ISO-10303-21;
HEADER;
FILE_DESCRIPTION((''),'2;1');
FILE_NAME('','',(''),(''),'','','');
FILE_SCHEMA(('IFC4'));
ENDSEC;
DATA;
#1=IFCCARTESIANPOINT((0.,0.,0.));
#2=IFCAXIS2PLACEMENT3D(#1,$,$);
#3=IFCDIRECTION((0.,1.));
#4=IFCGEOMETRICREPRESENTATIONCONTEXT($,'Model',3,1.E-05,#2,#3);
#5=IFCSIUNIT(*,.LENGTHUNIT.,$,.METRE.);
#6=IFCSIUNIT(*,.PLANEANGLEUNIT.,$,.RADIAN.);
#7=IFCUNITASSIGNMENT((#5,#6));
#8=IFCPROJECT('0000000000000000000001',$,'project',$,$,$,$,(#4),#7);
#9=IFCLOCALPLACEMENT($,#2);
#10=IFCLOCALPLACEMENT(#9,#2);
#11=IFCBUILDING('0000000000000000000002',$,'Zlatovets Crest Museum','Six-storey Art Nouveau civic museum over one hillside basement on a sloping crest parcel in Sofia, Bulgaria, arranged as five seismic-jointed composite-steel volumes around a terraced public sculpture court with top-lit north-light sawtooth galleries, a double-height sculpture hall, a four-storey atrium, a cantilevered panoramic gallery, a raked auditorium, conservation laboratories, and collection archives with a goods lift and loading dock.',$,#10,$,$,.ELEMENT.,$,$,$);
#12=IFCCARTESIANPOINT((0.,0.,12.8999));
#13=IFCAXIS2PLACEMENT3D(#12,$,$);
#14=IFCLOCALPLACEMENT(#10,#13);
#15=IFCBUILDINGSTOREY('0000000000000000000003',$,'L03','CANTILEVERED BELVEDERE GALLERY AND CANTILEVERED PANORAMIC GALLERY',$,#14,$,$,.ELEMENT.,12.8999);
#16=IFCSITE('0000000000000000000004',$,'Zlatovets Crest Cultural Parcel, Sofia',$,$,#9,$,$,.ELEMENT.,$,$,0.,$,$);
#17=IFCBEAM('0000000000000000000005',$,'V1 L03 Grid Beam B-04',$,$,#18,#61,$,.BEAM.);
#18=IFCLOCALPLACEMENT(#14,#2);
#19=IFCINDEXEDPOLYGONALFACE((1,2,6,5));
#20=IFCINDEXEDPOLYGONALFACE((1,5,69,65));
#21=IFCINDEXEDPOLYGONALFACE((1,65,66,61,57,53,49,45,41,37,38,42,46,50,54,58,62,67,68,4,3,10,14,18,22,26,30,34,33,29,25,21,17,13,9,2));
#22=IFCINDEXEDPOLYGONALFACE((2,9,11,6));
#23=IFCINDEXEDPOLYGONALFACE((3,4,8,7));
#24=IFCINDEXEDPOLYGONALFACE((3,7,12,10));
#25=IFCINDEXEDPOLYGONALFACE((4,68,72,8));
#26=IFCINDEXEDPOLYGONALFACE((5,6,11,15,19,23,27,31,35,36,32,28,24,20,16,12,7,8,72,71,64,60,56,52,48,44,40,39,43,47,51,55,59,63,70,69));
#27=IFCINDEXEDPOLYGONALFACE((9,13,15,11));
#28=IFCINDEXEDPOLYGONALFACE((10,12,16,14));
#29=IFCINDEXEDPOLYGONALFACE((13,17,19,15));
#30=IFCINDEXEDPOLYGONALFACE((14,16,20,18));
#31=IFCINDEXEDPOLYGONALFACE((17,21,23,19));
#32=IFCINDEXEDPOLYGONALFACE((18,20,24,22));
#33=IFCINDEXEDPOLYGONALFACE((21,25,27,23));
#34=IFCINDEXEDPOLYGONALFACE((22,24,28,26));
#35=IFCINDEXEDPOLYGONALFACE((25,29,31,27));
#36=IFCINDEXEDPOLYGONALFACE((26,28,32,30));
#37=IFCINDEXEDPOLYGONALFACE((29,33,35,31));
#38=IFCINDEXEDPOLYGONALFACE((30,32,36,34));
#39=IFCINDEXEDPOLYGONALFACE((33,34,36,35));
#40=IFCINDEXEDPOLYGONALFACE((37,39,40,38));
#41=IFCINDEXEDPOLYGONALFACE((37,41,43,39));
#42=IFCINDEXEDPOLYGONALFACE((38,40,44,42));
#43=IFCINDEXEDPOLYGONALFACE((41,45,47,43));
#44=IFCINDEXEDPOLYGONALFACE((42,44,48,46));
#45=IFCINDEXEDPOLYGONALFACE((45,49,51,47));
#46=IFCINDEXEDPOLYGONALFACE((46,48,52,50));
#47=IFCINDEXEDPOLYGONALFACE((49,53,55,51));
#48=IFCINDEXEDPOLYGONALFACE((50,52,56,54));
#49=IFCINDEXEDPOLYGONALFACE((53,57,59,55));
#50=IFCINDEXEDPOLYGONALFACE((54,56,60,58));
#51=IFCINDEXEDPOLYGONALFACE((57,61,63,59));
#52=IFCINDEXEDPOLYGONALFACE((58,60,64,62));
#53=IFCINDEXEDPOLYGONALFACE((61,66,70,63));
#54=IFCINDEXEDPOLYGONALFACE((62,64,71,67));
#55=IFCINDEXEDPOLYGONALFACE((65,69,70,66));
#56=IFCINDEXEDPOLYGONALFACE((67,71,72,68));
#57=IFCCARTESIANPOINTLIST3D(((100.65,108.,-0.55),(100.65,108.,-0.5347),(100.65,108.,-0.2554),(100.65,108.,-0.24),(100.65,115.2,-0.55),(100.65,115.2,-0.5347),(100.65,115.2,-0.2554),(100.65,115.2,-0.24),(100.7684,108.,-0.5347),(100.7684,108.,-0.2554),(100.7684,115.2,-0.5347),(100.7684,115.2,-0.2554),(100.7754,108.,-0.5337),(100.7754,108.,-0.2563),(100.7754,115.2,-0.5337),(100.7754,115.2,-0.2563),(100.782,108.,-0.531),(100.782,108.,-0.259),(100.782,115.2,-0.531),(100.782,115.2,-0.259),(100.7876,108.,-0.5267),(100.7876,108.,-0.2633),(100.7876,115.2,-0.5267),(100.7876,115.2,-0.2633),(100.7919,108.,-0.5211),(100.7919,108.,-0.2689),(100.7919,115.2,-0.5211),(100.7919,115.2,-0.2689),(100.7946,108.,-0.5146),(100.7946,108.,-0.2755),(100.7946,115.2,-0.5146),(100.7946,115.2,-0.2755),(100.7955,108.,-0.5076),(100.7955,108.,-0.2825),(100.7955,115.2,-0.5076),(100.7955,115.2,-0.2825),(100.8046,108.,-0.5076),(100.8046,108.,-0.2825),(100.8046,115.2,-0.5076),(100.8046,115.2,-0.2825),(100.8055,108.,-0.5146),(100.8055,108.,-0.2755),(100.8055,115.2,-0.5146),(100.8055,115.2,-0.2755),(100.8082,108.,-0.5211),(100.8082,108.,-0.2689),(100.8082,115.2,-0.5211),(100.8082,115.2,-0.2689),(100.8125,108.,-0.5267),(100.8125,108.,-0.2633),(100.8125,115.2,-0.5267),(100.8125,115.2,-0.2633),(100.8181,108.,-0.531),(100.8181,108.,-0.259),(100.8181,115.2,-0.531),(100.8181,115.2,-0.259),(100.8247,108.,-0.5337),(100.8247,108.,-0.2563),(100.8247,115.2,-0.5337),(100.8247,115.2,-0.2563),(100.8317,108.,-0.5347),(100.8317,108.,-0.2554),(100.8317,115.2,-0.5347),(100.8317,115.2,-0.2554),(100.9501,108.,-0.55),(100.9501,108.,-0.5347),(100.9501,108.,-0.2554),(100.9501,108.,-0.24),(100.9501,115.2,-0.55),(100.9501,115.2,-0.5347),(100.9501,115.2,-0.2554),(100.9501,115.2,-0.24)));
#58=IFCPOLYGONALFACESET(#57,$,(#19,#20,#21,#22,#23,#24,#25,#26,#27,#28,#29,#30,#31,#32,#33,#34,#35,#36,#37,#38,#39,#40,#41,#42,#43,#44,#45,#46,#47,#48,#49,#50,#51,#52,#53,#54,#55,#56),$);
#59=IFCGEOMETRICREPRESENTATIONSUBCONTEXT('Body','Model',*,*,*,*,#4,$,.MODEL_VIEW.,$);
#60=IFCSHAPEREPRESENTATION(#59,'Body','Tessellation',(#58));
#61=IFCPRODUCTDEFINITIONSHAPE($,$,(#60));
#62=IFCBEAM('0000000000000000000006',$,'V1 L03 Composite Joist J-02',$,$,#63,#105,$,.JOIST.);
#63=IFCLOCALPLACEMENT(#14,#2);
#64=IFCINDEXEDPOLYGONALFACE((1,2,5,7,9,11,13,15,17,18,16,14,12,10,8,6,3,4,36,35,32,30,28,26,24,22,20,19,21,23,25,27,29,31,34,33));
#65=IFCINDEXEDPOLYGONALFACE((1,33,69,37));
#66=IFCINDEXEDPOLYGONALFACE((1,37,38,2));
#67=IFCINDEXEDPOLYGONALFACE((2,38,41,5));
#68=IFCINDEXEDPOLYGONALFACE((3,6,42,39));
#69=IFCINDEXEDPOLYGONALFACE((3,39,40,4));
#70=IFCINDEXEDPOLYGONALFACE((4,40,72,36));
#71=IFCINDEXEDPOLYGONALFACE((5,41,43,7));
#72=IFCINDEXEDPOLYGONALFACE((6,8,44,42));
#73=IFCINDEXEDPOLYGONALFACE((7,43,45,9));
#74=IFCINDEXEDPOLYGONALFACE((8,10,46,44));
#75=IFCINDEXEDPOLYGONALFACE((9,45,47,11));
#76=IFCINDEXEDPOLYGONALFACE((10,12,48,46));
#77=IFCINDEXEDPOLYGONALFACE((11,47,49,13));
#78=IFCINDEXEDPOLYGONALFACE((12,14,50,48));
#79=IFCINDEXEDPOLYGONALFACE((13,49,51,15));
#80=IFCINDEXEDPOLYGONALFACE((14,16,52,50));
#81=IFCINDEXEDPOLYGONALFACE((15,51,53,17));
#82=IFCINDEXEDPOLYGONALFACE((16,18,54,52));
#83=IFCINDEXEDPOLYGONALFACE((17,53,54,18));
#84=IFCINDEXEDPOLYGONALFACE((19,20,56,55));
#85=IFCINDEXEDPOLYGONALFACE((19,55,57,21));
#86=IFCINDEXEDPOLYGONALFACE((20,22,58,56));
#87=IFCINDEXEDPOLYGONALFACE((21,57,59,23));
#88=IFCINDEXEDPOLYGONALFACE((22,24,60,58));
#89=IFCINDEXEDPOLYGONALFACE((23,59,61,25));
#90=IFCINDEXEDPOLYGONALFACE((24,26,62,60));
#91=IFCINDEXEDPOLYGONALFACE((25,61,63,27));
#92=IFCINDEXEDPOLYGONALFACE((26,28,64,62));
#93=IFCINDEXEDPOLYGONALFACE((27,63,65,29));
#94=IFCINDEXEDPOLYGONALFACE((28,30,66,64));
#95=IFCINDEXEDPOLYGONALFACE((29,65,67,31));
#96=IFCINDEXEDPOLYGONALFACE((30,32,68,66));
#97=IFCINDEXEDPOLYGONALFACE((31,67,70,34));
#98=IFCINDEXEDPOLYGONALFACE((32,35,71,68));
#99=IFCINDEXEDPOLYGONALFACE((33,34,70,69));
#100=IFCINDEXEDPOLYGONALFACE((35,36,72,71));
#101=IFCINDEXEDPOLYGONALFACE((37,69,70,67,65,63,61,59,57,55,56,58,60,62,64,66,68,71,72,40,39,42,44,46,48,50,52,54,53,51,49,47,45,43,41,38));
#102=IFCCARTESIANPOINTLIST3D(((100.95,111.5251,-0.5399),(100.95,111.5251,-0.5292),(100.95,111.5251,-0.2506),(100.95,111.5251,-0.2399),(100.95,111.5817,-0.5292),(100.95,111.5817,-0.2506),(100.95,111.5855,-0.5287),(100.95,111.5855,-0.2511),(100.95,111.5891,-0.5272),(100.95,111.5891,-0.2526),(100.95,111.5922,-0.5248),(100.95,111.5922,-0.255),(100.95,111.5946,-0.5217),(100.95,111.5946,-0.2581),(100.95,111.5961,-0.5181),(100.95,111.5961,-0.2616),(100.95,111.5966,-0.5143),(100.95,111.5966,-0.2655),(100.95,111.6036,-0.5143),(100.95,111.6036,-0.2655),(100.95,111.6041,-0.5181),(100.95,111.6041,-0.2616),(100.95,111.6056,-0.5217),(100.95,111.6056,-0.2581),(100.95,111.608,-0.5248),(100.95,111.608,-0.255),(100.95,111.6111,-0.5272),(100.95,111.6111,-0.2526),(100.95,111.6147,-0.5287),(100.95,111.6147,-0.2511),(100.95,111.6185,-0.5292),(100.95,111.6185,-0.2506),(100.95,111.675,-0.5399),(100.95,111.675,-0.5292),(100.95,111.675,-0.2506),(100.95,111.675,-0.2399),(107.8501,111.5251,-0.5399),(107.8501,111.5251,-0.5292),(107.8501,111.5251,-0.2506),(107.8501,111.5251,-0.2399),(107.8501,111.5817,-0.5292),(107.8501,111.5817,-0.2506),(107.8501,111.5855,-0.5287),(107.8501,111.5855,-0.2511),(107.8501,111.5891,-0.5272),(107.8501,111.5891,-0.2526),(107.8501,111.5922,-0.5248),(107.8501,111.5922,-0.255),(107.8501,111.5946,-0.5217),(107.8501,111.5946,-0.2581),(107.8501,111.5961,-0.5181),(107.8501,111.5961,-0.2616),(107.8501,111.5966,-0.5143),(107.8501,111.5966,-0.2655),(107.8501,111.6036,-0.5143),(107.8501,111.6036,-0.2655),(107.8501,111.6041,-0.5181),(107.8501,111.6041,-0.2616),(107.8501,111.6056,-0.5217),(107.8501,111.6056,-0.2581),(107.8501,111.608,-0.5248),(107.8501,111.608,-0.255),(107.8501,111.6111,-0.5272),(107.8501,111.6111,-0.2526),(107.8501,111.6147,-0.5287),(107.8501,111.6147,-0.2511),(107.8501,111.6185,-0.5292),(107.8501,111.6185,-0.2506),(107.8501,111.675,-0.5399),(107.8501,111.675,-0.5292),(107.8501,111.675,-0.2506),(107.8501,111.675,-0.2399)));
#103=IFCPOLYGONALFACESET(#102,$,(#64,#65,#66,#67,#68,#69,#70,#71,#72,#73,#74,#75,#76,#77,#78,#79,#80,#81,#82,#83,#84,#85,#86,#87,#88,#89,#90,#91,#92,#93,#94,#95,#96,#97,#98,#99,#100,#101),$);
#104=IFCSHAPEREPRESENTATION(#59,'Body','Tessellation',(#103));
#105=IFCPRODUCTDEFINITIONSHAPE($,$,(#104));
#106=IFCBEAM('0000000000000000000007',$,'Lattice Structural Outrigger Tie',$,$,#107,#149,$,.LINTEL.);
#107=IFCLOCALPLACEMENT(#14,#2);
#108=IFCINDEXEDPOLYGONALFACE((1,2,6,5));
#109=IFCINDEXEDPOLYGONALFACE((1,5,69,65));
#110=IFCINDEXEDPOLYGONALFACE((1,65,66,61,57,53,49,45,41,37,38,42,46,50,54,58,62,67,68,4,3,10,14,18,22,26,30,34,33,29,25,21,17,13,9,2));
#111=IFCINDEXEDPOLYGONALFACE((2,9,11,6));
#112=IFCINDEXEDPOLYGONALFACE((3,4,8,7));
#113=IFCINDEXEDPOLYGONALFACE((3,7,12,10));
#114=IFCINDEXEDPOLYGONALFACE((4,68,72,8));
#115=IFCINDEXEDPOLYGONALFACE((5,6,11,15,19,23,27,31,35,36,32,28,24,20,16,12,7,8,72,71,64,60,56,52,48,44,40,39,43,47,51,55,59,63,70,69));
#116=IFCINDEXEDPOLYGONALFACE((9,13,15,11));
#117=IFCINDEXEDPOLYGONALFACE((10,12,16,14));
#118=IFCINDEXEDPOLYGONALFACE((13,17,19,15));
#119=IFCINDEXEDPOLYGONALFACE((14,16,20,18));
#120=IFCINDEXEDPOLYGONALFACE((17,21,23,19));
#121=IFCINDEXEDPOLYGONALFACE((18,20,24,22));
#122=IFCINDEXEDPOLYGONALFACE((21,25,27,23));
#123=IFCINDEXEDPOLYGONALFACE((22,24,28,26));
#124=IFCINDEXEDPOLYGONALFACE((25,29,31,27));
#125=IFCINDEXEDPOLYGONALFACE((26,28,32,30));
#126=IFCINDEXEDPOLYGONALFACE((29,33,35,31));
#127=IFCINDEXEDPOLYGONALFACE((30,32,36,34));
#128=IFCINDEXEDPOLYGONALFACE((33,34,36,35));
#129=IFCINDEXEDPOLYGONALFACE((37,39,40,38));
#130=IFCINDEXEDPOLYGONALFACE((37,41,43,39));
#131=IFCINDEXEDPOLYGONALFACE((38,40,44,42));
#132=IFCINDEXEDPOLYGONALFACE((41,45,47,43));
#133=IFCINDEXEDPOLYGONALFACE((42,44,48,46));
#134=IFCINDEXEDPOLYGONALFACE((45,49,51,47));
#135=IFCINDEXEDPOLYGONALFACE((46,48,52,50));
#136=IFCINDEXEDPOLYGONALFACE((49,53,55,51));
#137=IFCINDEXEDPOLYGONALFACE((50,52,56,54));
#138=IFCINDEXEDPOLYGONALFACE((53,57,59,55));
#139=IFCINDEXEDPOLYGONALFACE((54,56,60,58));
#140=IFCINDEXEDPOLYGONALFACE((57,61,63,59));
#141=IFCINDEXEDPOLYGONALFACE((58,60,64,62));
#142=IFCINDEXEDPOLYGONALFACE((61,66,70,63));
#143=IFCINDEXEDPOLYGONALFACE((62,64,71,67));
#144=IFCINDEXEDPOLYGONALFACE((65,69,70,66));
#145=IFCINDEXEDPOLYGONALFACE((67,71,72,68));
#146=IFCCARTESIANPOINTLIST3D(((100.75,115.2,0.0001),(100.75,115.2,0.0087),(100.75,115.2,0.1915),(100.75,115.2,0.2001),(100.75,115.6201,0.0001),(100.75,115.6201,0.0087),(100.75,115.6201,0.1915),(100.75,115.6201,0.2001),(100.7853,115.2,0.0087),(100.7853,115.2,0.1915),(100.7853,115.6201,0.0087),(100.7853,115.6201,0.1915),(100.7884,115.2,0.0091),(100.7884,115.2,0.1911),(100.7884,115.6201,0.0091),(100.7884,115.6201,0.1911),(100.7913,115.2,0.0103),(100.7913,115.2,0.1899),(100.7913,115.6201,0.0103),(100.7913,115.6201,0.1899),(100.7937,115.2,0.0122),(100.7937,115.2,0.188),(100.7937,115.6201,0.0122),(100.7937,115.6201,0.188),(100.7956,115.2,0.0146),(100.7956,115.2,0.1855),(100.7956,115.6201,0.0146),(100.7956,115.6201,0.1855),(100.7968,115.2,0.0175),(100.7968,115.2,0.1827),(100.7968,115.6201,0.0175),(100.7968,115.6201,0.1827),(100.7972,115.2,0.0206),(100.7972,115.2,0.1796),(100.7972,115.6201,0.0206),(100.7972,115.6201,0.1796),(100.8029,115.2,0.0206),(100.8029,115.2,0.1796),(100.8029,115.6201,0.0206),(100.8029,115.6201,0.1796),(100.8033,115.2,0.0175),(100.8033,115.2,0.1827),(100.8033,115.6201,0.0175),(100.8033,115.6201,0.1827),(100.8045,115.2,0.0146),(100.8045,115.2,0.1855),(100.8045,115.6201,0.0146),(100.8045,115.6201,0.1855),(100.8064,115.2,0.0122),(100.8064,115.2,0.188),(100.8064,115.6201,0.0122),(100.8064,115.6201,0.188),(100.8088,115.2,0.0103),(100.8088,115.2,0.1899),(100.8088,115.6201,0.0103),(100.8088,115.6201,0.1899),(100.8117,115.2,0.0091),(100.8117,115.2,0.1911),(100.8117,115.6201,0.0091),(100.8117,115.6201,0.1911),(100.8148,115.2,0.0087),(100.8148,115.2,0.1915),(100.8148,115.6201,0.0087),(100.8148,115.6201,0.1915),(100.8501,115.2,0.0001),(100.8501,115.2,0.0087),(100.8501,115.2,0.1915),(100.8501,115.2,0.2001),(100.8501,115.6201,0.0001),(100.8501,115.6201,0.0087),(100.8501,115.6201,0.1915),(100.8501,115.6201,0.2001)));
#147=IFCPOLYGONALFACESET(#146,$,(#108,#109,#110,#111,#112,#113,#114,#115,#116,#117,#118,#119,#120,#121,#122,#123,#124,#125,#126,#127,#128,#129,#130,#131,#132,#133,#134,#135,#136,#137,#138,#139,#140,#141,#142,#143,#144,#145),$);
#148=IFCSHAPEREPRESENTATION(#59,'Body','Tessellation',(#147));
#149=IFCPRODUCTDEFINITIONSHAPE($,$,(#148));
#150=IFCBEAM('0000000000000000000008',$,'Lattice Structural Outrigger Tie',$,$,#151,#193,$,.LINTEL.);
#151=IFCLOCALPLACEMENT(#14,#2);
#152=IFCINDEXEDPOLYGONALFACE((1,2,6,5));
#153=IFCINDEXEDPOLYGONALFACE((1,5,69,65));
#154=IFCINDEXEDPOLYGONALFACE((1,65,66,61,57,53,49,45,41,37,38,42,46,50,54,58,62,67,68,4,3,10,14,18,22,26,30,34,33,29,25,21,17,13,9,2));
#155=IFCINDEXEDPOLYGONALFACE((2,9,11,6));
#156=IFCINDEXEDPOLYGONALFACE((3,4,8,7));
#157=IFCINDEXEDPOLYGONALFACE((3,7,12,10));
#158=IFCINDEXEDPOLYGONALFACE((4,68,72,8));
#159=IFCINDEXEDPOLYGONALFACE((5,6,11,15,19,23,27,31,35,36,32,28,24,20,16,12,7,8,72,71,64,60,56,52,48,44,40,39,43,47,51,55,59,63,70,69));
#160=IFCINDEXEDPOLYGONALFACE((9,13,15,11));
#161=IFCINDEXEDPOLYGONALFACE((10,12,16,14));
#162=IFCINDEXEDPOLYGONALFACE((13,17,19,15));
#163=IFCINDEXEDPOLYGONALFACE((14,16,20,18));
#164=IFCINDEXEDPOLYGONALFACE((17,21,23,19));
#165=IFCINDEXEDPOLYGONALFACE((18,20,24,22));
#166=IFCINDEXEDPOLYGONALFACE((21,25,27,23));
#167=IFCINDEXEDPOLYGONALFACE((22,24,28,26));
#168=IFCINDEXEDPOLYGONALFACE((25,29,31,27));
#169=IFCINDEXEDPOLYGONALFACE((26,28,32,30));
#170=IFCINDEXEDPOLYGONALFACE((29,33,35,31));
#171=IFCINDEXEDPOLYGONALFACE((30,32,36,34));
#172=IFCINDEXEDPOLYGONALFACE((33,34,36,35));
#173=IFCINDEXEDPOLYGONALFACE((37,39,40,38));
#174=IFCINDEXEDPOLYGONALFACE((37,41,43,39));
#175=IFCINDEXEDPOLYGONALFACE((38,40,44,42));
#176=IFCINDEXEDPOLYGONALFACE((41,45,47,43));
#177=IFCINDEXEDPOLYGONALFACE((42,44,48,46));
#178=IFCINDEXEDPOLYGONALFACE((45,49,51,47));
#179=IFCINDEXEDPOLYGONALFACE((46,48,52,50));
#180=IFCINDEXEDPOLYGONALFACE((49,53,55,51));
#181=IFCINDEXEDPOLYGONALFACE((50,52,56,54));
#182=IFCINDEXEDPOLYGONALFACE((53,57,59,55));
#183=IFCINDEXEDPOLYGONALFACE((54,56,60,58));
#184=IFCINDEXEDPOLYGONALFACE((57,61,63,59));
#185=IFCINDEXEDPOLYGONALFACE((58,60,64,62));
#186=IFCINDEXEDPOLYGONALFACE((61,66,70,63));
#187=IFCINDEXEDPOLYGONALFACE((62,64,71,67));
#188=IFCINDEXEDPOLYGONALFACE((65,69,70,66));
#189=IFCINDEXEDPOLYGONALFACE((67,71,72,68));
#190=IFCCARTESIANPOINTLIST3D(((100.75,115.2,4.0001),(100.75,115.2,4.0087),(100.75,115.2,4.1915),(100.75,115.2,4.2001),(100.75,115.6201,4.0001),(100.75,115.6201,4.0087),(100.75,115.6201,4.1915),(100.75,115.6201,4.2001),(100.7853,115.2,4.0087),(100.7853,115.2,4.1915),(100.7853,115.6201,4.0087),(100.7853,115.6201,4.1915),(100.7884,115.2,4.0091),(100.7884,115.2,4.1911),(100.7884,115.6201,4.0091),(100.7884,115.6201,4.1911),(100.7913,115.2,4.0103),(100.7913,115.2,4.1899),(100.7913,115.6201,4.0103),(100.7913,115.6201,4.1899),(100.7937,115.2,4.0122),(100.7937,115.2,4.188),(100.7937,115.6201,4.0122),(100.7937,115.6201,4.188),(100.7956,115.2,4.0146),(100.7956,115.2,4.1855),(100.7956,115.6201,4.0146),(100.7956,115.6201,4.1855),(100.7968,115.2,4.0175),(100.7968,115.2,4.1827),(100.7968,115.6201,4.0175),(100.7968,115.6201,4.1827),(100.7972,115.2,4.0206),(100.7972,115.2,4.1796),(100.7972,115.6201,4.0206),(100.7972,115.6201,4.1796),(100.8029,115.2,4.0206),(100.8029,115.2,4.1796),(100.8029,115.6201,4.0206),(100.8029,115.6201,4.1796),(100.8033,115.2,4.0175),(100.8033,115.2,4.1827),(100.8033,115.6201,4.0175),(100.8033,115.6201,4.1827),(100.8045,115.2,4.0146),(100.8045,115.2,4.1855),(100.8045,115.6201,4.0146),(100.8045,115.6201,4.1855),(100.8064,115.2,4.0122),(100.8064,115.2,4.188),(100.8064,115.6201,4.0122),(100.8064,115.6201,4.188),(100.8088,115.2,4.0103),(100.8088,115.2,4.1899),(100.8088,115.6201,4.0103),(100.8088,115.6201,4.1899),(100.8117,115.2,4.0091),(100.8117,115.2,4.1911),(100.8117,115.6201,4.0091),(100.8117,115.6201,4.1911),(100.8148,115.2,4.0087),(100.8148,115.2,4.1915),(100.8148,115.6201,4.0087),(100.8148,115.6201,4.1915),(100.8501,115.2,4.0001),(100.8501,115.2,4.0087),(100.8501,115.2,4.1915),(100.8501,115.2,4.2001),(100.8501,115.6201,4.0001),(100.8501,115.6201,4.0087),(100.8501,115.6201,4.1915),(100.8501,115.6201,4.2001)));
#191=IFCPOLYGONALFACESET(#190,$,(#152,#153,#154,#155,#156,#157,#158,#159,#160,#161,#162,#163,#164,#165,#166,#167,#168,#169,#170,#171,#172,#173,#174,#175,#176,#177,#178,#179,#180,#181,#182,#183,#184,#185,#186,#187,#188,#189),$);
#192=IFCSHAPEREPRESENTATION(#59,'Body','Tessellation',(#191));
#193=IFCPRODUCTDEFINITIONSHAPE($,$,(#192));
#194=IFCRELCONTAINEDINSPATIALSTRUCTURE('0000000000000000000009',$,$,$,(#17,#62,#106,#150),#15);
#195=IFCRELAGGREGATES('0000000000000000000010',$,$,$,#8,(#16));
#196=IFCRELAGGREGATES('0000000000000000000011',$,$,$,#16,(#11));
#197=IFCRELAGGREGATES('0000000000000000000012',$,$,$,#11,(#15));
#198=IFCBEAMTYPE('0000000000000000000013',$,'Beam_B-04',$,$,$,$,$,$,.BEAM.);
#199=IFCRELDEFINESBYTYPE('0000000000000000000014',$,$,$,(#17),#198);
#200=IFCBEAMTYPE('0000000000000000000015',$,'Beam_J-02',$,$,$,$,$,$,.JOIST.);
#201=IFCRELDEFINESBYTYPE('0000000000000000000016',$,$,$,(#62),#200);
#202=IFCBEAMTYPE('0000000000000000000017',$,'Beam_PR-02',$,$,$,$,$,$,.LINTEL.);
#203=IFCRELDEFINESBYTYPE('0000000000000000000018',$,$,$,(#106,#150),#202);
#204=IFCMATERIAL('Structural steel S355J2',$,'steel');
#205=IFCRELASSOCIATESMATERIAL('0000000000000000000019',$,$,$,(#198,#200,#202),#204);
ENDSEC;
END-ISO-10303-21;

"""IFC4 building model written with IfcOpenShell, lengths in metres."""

from ifc_helpers import new_model, si_unit, direction, frame, origin, origin_2d, place, context, subcontext, project, spatial, i_section, extrude, material, material_profile, profile_set, type_object, element, save


model = new_model("IFC4")

# Units and contexts
model_context = context("Model", 3, precision=1e-05, world=origin(), true_north=direction((0.0, 1.0)))
body_context = subcontext(model_context, "Body", "Model", "MODEL_VIEW")
ifc_project = project(units=[si_unit("LENGTHUNIT", "METRE"), si_unit("PLANEANGLEUNIT", "RADIAN")], contexts=[model_context])

# Site, building, storey
site_placement = place(None, origin())
site = spatial("IfcSite", under=ifc_project, at=site_placement, Name="Zlatovets Crest Cultural Parcel, Sofia", CompositionType="ELEMENT", RefElevation=0.0)
building_placement = place(site_placement, origin())
building = spatial("IfcBuilding", under=site, at=building_placement, Name="Zlatovets Crest Museum", Description="Six-storey Art Nouveau civic museum over one hillside basement on a sloping crest parcel in Sofia, Bulgaria, arranged as five seismic-jointed composite-steel volumes around a terraced public sculpture court with top-lit north-light sawtooth galleries, a double-height sculpture hall, a four-storey atrium, a cantilevered panoramic gallery, a raked auditorium, conservation laboratories, and collection archives with a goods lift and loading dock.", CompositionType="ELEMENT")
storey_placement = place(building_placement, frame((0.0, 0.0, 12.8999)))
storey = spatial("IfcBuildingStorey", under=building, at=storey_placement, Name="L03", Description="CANTILEVERED BELVEDERE GALLERY AND CANTILEVERED PANORAMIC GALLERY", CompositionType="ELEMENT", Elevation=12.8999)

# Shared definitions
ifc_material_1 = material(Name="Structural steel S355J2", Category="steel")

# Beams
ifc_material_profile_1 = material_profile(ifc_material_1, i_section(OverallWidth=0.3, OverallDepth=0.3101, WebThickness=0.009, FlangeThickness=0.0154, FilletRadius=0.0271, at=origin_2d()), Name="HEA 320")
ifc_profile_set_1 = profile_set([ifc_material_profile_1], Name="Structural steel S355J2")
beam_type_1 = type_object("IfcBeamType", Name="Beam_B-04", PredefinedType="BEAM", material=ifc_profile_set_1)
beam_1_placement = place(storey_placement, frame((100.8, 108.0, -0.395), z_axis=(0.0, 1.0, 0.0), x_axis=(-1.0, 0.0, 0.0)))
element("IfcBeam", 1, at=beam_1_placement, inside=storey, type_object=beam_type_1, Name="V1 L03 Grid Beam B-04", PredefinedType="BEAM", context=body_context, shape_type="SweptSolid", body=[
    extrude(i_section(OverallWidth=0.3, OverallDepth=0.3101, WebThickness=0.009, FlangeThickness=0.0154, FilletRadius=0.0271, at=origin_2d()), origin(), (0.0, 0.0, 1.0), 7.2),
])
ifc_material_profile_2 = material_profile(ifc_material_1, i_section(OverallWidth=0.1499, OverallDepth=0.3, WebThickness=0.0071, FlangeThickness=0.0107, FilletRadius=0.0149, at=origin_2d()), Name="IPE 300")
ifc_profile_set_2 = profile_set([ifc_material_profile_2], Name="Structural steel S355J2")
beam_type_2 = type_object("IfcBeamType", Name="Beam_J-02", PredefinedType="JOIST", material=ifc_profile_set_2)
beam_2_placement = place(storey_placement, frame((100.95, 111.6001, -0.3899), z_axis=(1.0, 0.0, 0.0), x_axis=(0.0, 1.0, 0.0)))
element("IfcBeam", 2, at=beam_2_placement, inside=storey, type_object=beam_type_2, Name="V1 L03 Composite Joist J-02", PredefinedType="JOIST", context=body_context, shape_type="SweptSolid", body=[
    extrude(i_section(OverallWidth=0.1499, OverallDepth=0.3, WebThickness=0.0071, FlangeThickness=0.0107, FilletRadius=0.0149, at=origin_2d()), origin(), (0.0, 0.0, 1.0), 6.9001),
])
ifc_material_profile_3 = material_profile(ifc_material_1, i_section(OverallWidth=0.1001, OverallDepth=0.2, WebThickness=0.0056, FlangeThickness=0.0085, FilletRadius=0.012, at=origin_2d()), Name="IPE 200")
ifc_profile_set_3 = profile_set([ifc_material_profile_3], Name="Structural steel S355J2")
beam_type_3 = type_object("IfcBeamType", Name="Beam_PR-02", PredefinedType="LINTEL", material=ifc_profile_set_3)
for number, where, z_axis, x_axis, name in (
    (3, (100.8, 115.2, 0.1001), (0.0, 1.0, 0.0), (-1.0, 0.0, 0.0), "Lattice Structural Outrigger Tie"),
    (4, (100.8, 115.2, 4.1001), (0.0, 1.0, 0.0), (-1.0, 0.0, 0.0), "Lattice Structural Outrigger Tie"),
):
    element("IfcBeam", number, at=place(storey_placement, frame(where, z_axis=z_axis, x_axis=x_axis)), inside=storey, type_object=beam_type_3, Name=name, PredefinedType="LINTEL", context=body_context, shape_type="SweptSolid", body=[
        extrude(i_section(OverallWidth=0.1001, OverallDepth=0.2, WebThickness=0.0056, FlangeThickness=0.0085, FilletRadius=0.012, at=origin_2d()), origin(), (0.0, 0.0, 1.0), 0.4202),
    ])

save(model, "model.ifc")
